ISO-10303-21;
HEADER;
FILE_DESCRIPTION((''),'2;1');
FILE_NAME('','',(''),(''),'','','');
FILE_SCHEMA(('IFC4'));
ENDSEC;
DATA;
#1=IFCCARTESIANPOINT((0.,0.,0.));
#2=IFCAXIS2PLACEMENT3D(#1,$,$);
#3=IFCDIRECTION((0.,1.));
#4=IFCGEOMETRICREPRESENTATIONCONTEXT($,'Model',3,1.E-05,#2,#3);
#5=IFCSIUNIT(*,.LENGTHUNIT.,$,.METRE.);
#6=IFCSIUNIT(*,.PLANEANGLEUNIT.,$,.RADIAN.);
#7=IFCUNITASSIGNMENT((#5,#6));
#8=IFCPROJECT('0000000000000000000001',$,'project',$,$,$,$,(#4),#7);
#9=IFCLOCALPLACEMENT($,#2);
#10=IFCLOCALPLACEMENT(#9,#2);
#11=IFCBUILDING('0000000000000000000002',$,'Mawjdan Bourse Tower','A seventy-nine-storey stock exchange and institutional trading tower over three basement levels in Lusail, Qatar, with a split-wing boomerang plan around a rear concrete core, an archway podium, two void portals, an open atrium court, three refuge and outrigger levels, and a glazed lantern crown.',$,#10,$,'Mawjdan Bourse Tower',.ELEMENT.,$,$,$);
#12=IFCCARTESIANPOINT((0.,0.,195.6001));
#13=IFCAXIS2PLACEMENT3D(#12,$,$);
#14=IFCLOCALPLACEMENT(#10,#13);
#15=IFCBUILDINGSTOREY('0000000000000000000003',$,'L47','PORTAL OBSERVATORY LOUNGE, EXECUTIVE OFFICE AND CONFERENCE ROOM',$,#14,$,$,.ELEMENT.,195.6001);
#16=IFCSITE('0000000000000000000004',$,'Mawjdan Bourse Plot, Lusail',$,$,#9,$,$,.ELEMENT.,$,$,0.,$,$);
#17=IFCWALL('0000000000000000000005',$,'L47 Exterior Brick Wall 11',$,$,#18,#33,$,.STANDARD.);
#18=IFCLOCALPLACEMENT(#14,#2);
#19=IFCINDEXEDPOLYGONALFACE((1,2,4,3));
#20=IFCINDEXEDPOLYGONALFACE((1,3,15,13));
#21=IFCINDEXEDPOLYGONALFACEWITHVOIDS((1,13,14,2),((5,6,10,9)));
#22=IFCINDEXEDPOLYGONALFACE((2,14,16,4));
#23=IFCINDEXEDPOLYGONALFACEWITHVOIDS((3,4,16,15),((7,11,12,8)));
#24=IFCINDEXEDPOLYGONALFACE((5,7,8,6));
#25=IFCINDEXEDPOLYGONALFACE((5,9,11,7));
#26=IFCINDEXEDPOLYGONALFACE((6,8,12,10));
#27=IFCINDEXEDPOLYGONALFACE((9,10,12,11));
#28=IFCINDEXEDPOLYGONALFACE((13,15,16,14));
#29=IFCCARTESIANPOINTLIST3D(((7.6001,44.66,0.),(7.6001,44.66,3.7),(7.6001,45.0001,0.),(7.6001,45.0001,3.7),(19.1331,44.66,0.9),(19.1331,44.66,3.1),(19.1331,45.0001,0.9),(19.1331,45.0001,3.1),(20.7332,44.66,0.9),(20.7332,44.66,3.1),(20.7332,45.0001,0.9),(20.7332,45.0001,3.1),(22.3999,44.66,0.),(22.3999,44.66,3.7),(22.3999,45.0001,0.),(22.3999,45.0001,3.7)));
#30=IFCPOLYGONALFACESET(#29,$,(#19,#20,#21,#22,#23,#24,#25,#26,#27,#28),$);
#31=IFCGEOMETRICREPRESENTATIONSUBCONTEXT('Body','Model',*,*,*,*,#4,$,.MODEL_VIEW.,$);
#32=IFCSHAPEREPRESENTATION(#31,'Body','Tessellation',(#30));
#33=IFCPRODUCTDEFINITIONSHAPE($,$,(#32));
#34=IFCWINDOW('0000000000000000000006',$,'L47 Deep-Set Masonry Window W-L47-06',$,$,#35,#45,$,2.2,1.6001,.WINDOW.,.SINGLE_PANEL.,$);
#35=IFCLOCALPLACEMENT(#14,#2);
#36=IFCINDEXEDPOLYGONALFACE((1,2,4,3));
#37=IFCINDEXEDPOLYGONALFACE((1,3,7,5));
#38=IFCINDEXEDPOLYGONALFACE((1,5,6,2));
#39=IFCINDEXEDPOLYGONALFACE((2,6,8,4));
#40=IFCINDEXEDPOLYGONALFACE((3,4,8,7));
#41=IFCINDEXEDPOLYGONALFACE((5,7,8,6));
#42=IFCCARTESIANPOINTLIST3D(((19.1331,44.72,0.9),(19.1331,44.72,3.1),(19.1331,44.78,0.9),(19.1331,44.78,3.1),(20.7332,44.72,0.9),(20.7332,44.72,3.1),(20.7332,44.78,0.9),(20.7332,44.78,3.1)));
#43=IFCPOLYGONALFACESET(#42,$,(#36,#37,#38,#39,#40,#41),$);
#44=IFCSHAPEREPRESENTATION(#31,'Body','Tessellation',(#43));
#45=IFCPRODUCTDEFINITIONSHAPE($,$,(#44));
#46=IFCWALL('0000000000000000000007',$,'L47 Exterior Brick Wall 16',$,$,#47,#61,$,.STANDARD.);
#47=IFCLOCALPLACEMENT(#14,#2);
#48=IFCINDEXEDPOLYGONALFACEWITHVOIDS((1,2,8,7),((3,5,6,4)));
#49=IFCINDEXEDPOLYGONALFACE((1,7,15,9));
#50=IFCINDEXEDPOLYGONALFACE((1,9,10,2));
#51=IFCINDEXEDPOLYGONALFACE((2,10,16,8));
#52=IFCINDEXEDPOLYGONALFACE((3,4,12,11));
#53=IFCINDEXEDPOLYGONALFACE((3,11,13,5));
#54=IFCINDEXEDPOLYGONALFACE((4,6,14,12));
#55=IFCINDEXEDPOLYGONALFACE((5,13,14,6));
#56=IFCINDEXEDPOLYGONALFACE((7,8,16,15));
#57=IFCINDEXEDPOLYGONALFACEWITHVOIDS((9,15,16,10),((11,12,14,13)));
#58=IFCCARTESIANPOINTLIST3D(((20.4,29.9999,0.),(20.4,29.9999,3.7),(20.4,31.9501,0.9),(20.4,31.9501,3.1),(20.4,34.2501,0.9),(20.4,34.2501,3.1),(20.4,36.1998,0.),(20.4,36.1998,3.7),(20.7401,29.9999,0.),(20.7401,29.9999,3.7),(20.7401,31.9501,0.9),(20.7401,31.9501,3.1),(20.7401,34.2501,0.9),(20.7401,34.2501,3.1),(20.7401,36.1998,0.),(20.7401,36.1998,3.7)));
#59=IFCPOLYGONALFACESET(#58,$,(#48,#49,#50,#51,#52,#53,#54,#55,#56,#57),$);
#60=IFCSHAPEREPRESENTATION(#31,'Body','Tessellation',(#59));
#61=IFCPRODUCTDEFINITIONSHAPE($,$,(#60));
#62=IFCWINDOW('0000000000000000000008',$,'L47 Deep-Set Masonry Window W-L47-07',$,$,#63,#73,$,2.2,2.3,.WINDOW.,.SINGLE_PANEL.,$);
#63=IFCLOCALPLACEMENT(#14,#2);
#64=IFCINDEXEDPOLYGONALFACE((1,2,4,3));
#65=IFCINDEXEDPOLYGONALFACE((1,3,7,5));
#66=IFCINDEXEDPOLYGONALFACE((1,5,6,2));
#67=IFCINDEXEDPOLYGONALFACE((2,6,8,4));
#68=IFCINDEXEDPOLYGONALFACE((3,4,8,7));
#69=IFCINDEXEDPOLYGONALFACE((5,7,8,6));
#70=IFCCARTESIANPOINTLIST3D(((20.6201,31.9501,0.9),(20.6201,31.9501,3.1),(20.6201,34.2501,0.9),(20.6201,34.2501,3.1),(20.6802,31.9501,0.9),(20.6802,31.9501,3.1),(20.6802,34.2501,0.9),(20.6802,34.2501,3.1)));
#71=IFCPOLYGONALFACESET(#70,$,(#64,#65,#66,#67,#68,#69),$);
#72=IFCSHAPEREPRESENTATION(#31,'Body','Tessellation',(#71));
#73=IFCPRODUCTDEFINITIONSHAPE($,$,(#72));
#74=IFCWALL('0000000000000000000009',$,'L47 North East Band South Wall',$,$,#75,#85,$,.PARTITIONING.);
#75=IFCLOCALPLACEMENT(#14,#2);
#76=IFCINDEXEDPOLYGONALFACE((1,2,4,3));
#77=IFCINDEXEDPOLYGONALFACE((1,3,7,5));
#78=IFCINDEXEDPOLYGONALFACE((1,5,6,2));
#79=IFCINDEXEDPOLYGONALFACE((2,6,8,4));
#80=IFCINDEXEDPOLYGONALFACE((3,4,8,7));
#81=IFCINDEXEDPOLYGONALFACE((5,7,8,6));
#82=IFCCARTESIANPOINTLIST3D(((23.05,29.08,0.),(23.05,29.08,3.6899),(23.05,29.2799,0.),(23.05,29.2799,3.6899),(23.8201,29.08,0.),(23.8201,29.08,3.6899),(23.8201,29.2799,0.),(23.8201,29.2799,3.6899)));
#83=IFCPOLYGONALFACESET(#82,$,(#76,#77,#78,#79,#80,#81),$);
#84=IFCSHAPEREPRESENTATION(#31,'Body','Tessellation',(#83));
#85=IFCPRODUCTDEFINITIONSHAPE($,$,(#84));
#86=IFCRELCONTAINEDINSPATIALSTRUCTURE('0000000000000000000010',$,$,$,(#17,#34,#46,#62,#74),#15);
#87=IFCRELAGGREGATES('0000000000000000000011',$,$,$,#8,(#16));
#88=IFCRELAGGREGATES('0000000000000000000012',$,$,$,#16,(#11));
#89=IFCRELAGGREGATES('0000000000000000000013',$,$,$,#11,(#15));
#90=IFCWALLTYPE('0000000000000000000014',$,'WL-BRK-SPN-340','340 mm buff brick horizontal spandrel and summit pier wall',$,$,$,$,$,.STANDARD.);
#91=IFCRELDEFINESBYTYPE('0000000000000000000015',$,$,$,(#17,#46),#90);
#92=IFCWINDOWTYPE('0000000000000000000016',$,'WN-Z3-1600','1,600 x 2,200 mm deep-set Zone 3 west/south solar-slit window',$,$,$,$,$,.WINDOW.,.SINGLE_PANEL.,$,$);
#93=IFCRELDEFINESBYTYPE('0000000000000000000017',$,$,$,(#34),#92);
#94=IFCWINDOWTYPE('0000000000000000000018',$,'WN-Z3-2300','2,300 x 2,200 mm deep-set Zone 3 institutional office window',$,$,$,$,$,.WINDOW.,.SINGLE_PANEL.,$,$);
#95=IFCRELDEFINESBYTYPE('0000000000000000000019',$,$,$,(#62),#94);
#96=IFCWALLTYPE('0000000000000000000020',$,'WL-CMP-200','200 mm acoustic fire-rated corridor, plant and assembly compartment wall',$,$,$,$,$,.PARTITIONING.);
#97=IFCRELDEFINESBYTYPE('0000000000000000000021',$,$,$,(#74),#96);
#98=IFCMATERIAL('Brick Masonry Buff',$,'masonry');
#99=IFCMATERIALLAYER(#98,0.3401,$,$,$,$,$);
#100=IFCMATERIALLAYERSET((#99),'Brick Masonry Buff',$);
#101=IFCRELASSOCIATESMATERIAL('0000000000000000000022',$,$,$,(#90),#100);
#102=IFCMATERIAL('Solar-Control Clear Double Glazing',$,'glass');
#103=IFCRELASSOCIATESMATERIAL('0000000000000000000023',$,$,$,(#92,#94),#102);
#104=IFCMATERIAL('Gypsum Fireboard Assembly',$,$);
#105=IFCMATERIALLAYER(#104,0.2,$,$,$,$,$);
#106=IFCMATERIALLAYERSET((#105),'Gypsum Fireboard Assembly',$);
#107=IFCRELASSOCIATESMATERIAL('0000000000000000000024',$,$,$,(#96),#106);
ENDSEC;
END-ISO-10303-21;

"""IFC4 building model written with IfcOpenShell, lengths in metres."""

from ifc_helpers import new_model, si_unit, direction, frame, frame_2d, origin, place, context, subcontext, project, spatial, rectangle, extrude, material, layer, layer_set, type_object, element, fill, save


model = new_model("IFC4")

# Units and contexts
model_context = context("Model", 3, precision=1e-05, world=origin(), true_north=direction((0.0, 1.0)))
body_context = subcontext(model_context, "Body", "Model", "MODEL_VIEW")
ifc_project = project(units=[si_unit("LENGTHUNIT", "METRE"), si_unit("PLANEANGLEUNIT", "RADIAN")], contexts=[model_context])

# Site, building, storey
site_placement = place(None, origin())
site = spatial("IfcSite", under=ifc_project, at=site_placement, Name="Mawjdan Bourse Plot, Lusail", CompositionType="ELEMENT", RefElevation=0.0)
building_placement = place(site_placement, origin())
building = spatial("IfcBuilding", under=site, at=building_placement, Name="Mawjdan Bourse Tower", Description="A seventy-nine-storey stock exchange and institutional trading tower over three basement levels in Lusail, Qatar, with a split-wing boomerang plan around a rear concrete core, an archway podium, two void portals, an open atrium court, three refuge and outrigger levels, and a glazed lantern crown.", LongName="Mawjdan Bourse Tower", CompositionType="ELEMENT")
storey_placement = place(building_placement, frame((0.0, 0.0, 195.6001)))
storey = spatial("IfcBuildingStorey", under=building, at=storey_placement, Name="L47", Description="PORTAL OBSERVATORY LOUNGE, EXECUTIVE OFFICE AND CONFERENCE ROOM", CompositionType="ELEMENT", Elevation=195.6001)

# Shared definitions
ifc_material_1 = material(Name="Brick Masonry Buff", Category="masonry")
ifc_layer_1 = layer(ifc_material_1, 0.3401)
ifc_layer_set_1 = layer_set([ifc_layer_1], Name="Brick Masonry Buff")
wall_type_1 = type_object("IfcWallType", Name="WL-BRK-SPN-340", Description="340 mm buff brick horizontal spandrel and summit pier wall", PredefinedType="STANDARD", material=ifc_layer_set_1)

# Walls, openings, windows
wall_1_placement = place(storey_placement, frame((22.3999, 44.8301, 0.0), z_axis=(0.0, 0.0, 1.0), x_axis=(-1.0, 0.0, 0.0)))
wall_1 = element("IfcWall", 1, at=wall_1_placement, inside=storey, type_object=wall_type_1, Name="L47 Exterior Brick Wall 11", PredefinedType="STANDARD", context=body_context, shape_type="SweptSolid", body=[
    extrude(rectangle(XDim=14.7998, YDim=0.3401, at=frame_2d((7.3999, 0.0))), origin(), (0.0, 0.0, 1.0), 3.7),
])
opening_1_placement = place(wall_1_placement, frame((1.6667, 0.0, 0.8999)))
opening_1 = element("IfcOpeningElement", 2, at=opening_1_placement, cuts=wall_1, PredefinedType="OPENING", context=body_context, shape_type="SweptSolid", body=[
    extrude(rectangle(XDim=1.6001, YDim=2.2, at=frame_2d((0.8, 1.1001))), frame((0.0, 0.1802, 0.0), z_axis=(0.0, -1.0, 0.0), x_axis=(1.0, 0.0, 0.0)), (0.0, 0.0, 1.0), 0.3601),
])
ifc_material_2 = material(Name="Solar-Control Clear Double Glazing", Category="glass")
window_type_1 = type_object("IfcWindowType", Name="WN-Z3-1600", Description="1,600 x 2,200 mm deep-set Zone 3 west/south solar-slit window", PartitioningType="SINGLE_PANEL", PredefinedType="WINDOW", material=ifc_material_2)
window_1_placement = place(opening_1_placement, origin())
window_1 = element("IfcWindow", 3, at=window_1_placement, inside=storey, type_object=window_type_1, Name="L47 Deep-Set Masonry Window W-L47-06", OverallHeight=2.2, OverallWidth=1.6001, PartitioningType="SINGLE_PANEL", PredefinedType="WINDOW", context=body_context, shape_type="SweptSolid", body=[
    extrude(rectangle(XDim=1.6001, YDim=2.2, at=frame_2d((0.8, 1.1001))), frame((0.0, 0.1101, 0.0), z_axis=(0.0, -1.0, 0.0), x_axis=(1.0, 0.0, 0.0)), (0.0, 0.0, 1.0), 0.0601),
])
fill(opening_1, window_1)
wall_2_placement = place(storey_placement, frame((20.5701, 36.2, 0.0), z_axis=(0.0, 0.0, 1.0), x_axis=(0.0, -1.0, 0.0)))
wall_2 = element("IfcWall", 4, at=wall_2_placement, inside=storey, type_object=wall_type_1, Name="L47 Exterior Brick Wall 16", PredefinedType="STANDARD", context=body_context, shape_type="SweptSolid", body=[
    extrude(rectangle(XDim=6.2, YDim=0.3401, at=frame_2d((3.1001, 0.0))), origin(), (0.0, 0.0, 1.0), 3.7),
])
opening_2_placement = place(wall_2_placement, frame((1.95, 0.0, 0.8999)))
opening_2 = element("IfcOpeningElement", 5, at=opening_2_placement, cuts=wall_2, PredefinedType="OPENING", context=body_context, shape_type="SweptSolid", body=[
    extrude(rectangle(XDim=2.3, YDim=2.2, at=frame_2d((1.1499, 1.1001))), frame((0.0, 0.1802, 0.0), z_axis=(0.0, -1.0, 0.0), x_axis=(1.0, 0.0, 0.0)), (0.0, 0.0, 1.0), 0.3601),
])
window_type_2 = type_object("IfcWindowType", Name="WN-Z3-2300", Description="2,300 x 2,200 mm deep-set Zone 3 institutional office window", PartitioningType="SINGLE_PANEL", PredefinedType="WINDOW", material=ifc_material_2)
window_2_placement = place(opening_2_placement, origin())
window_2 = element("IfcWindow", 6, at=window_2_placement, inside=storey, type_object=window_type_2, Name="L47 Deep-Set Masonry Window W-L47-07", OverallHeight=2.2, OverallWidth=2.3, PartitioningType="SINGLE_PANEL", PredefinedType="WINDOW", context=body_context, shape_type="SweptSolid", body=[
    extrude(rectangle(XDim=2.3, YDim=2.2, at=frame_2d((1.1499, 1.1001))), frame((0.0, 0.1101, 0.0), z_axis=(0.0, -1.0, 0.0), x_axis=(1.0, 0.0, 0.0)), (0.0, 0.0, 1.0), 0.0601),
])
fill(opening_2, window_2)

# Wall
ifc_material_3 = material(Name="Gypsum Fireboard Assembly")
ifc_layer_2 = layer(ifc_material_3, 0.2)
ifc_layer_set_2 = layer_set([ifc_layer_2], Name="Gypsum Fireboard Assembly")
wall_type_2 = type_object("IfcWallType", Name="WL-CMP-200", Description="200 mm acoustic fire-rated corridor, plant and assembly compartment wall", PredefinedType="PARTITIONING", material=ifc_layer_set_2)
wall_3_placement = place(storey_placement, frame((23.05, 29.1799, 0.0), z_axis=(0.0, 0.0, 1.0), x_axis=(1.0, 0.0, 0.0)))
element("IfcWall", 7, at=wall_3_placement, inside=storey, type_object=wall_type_2, Name="L47 North East Band South Wall", PredefinedType="PARTITIONING", context=body_context, shape_type="SweptSolid", body=[
    extrude(rectangle(XDim=0.77, YDim=0.2, at=frame_2d((0.385, 0.0))), origin(), (0.0, 0.0, 1.0), 3.6899),
])

save(model, "model.ifc")
